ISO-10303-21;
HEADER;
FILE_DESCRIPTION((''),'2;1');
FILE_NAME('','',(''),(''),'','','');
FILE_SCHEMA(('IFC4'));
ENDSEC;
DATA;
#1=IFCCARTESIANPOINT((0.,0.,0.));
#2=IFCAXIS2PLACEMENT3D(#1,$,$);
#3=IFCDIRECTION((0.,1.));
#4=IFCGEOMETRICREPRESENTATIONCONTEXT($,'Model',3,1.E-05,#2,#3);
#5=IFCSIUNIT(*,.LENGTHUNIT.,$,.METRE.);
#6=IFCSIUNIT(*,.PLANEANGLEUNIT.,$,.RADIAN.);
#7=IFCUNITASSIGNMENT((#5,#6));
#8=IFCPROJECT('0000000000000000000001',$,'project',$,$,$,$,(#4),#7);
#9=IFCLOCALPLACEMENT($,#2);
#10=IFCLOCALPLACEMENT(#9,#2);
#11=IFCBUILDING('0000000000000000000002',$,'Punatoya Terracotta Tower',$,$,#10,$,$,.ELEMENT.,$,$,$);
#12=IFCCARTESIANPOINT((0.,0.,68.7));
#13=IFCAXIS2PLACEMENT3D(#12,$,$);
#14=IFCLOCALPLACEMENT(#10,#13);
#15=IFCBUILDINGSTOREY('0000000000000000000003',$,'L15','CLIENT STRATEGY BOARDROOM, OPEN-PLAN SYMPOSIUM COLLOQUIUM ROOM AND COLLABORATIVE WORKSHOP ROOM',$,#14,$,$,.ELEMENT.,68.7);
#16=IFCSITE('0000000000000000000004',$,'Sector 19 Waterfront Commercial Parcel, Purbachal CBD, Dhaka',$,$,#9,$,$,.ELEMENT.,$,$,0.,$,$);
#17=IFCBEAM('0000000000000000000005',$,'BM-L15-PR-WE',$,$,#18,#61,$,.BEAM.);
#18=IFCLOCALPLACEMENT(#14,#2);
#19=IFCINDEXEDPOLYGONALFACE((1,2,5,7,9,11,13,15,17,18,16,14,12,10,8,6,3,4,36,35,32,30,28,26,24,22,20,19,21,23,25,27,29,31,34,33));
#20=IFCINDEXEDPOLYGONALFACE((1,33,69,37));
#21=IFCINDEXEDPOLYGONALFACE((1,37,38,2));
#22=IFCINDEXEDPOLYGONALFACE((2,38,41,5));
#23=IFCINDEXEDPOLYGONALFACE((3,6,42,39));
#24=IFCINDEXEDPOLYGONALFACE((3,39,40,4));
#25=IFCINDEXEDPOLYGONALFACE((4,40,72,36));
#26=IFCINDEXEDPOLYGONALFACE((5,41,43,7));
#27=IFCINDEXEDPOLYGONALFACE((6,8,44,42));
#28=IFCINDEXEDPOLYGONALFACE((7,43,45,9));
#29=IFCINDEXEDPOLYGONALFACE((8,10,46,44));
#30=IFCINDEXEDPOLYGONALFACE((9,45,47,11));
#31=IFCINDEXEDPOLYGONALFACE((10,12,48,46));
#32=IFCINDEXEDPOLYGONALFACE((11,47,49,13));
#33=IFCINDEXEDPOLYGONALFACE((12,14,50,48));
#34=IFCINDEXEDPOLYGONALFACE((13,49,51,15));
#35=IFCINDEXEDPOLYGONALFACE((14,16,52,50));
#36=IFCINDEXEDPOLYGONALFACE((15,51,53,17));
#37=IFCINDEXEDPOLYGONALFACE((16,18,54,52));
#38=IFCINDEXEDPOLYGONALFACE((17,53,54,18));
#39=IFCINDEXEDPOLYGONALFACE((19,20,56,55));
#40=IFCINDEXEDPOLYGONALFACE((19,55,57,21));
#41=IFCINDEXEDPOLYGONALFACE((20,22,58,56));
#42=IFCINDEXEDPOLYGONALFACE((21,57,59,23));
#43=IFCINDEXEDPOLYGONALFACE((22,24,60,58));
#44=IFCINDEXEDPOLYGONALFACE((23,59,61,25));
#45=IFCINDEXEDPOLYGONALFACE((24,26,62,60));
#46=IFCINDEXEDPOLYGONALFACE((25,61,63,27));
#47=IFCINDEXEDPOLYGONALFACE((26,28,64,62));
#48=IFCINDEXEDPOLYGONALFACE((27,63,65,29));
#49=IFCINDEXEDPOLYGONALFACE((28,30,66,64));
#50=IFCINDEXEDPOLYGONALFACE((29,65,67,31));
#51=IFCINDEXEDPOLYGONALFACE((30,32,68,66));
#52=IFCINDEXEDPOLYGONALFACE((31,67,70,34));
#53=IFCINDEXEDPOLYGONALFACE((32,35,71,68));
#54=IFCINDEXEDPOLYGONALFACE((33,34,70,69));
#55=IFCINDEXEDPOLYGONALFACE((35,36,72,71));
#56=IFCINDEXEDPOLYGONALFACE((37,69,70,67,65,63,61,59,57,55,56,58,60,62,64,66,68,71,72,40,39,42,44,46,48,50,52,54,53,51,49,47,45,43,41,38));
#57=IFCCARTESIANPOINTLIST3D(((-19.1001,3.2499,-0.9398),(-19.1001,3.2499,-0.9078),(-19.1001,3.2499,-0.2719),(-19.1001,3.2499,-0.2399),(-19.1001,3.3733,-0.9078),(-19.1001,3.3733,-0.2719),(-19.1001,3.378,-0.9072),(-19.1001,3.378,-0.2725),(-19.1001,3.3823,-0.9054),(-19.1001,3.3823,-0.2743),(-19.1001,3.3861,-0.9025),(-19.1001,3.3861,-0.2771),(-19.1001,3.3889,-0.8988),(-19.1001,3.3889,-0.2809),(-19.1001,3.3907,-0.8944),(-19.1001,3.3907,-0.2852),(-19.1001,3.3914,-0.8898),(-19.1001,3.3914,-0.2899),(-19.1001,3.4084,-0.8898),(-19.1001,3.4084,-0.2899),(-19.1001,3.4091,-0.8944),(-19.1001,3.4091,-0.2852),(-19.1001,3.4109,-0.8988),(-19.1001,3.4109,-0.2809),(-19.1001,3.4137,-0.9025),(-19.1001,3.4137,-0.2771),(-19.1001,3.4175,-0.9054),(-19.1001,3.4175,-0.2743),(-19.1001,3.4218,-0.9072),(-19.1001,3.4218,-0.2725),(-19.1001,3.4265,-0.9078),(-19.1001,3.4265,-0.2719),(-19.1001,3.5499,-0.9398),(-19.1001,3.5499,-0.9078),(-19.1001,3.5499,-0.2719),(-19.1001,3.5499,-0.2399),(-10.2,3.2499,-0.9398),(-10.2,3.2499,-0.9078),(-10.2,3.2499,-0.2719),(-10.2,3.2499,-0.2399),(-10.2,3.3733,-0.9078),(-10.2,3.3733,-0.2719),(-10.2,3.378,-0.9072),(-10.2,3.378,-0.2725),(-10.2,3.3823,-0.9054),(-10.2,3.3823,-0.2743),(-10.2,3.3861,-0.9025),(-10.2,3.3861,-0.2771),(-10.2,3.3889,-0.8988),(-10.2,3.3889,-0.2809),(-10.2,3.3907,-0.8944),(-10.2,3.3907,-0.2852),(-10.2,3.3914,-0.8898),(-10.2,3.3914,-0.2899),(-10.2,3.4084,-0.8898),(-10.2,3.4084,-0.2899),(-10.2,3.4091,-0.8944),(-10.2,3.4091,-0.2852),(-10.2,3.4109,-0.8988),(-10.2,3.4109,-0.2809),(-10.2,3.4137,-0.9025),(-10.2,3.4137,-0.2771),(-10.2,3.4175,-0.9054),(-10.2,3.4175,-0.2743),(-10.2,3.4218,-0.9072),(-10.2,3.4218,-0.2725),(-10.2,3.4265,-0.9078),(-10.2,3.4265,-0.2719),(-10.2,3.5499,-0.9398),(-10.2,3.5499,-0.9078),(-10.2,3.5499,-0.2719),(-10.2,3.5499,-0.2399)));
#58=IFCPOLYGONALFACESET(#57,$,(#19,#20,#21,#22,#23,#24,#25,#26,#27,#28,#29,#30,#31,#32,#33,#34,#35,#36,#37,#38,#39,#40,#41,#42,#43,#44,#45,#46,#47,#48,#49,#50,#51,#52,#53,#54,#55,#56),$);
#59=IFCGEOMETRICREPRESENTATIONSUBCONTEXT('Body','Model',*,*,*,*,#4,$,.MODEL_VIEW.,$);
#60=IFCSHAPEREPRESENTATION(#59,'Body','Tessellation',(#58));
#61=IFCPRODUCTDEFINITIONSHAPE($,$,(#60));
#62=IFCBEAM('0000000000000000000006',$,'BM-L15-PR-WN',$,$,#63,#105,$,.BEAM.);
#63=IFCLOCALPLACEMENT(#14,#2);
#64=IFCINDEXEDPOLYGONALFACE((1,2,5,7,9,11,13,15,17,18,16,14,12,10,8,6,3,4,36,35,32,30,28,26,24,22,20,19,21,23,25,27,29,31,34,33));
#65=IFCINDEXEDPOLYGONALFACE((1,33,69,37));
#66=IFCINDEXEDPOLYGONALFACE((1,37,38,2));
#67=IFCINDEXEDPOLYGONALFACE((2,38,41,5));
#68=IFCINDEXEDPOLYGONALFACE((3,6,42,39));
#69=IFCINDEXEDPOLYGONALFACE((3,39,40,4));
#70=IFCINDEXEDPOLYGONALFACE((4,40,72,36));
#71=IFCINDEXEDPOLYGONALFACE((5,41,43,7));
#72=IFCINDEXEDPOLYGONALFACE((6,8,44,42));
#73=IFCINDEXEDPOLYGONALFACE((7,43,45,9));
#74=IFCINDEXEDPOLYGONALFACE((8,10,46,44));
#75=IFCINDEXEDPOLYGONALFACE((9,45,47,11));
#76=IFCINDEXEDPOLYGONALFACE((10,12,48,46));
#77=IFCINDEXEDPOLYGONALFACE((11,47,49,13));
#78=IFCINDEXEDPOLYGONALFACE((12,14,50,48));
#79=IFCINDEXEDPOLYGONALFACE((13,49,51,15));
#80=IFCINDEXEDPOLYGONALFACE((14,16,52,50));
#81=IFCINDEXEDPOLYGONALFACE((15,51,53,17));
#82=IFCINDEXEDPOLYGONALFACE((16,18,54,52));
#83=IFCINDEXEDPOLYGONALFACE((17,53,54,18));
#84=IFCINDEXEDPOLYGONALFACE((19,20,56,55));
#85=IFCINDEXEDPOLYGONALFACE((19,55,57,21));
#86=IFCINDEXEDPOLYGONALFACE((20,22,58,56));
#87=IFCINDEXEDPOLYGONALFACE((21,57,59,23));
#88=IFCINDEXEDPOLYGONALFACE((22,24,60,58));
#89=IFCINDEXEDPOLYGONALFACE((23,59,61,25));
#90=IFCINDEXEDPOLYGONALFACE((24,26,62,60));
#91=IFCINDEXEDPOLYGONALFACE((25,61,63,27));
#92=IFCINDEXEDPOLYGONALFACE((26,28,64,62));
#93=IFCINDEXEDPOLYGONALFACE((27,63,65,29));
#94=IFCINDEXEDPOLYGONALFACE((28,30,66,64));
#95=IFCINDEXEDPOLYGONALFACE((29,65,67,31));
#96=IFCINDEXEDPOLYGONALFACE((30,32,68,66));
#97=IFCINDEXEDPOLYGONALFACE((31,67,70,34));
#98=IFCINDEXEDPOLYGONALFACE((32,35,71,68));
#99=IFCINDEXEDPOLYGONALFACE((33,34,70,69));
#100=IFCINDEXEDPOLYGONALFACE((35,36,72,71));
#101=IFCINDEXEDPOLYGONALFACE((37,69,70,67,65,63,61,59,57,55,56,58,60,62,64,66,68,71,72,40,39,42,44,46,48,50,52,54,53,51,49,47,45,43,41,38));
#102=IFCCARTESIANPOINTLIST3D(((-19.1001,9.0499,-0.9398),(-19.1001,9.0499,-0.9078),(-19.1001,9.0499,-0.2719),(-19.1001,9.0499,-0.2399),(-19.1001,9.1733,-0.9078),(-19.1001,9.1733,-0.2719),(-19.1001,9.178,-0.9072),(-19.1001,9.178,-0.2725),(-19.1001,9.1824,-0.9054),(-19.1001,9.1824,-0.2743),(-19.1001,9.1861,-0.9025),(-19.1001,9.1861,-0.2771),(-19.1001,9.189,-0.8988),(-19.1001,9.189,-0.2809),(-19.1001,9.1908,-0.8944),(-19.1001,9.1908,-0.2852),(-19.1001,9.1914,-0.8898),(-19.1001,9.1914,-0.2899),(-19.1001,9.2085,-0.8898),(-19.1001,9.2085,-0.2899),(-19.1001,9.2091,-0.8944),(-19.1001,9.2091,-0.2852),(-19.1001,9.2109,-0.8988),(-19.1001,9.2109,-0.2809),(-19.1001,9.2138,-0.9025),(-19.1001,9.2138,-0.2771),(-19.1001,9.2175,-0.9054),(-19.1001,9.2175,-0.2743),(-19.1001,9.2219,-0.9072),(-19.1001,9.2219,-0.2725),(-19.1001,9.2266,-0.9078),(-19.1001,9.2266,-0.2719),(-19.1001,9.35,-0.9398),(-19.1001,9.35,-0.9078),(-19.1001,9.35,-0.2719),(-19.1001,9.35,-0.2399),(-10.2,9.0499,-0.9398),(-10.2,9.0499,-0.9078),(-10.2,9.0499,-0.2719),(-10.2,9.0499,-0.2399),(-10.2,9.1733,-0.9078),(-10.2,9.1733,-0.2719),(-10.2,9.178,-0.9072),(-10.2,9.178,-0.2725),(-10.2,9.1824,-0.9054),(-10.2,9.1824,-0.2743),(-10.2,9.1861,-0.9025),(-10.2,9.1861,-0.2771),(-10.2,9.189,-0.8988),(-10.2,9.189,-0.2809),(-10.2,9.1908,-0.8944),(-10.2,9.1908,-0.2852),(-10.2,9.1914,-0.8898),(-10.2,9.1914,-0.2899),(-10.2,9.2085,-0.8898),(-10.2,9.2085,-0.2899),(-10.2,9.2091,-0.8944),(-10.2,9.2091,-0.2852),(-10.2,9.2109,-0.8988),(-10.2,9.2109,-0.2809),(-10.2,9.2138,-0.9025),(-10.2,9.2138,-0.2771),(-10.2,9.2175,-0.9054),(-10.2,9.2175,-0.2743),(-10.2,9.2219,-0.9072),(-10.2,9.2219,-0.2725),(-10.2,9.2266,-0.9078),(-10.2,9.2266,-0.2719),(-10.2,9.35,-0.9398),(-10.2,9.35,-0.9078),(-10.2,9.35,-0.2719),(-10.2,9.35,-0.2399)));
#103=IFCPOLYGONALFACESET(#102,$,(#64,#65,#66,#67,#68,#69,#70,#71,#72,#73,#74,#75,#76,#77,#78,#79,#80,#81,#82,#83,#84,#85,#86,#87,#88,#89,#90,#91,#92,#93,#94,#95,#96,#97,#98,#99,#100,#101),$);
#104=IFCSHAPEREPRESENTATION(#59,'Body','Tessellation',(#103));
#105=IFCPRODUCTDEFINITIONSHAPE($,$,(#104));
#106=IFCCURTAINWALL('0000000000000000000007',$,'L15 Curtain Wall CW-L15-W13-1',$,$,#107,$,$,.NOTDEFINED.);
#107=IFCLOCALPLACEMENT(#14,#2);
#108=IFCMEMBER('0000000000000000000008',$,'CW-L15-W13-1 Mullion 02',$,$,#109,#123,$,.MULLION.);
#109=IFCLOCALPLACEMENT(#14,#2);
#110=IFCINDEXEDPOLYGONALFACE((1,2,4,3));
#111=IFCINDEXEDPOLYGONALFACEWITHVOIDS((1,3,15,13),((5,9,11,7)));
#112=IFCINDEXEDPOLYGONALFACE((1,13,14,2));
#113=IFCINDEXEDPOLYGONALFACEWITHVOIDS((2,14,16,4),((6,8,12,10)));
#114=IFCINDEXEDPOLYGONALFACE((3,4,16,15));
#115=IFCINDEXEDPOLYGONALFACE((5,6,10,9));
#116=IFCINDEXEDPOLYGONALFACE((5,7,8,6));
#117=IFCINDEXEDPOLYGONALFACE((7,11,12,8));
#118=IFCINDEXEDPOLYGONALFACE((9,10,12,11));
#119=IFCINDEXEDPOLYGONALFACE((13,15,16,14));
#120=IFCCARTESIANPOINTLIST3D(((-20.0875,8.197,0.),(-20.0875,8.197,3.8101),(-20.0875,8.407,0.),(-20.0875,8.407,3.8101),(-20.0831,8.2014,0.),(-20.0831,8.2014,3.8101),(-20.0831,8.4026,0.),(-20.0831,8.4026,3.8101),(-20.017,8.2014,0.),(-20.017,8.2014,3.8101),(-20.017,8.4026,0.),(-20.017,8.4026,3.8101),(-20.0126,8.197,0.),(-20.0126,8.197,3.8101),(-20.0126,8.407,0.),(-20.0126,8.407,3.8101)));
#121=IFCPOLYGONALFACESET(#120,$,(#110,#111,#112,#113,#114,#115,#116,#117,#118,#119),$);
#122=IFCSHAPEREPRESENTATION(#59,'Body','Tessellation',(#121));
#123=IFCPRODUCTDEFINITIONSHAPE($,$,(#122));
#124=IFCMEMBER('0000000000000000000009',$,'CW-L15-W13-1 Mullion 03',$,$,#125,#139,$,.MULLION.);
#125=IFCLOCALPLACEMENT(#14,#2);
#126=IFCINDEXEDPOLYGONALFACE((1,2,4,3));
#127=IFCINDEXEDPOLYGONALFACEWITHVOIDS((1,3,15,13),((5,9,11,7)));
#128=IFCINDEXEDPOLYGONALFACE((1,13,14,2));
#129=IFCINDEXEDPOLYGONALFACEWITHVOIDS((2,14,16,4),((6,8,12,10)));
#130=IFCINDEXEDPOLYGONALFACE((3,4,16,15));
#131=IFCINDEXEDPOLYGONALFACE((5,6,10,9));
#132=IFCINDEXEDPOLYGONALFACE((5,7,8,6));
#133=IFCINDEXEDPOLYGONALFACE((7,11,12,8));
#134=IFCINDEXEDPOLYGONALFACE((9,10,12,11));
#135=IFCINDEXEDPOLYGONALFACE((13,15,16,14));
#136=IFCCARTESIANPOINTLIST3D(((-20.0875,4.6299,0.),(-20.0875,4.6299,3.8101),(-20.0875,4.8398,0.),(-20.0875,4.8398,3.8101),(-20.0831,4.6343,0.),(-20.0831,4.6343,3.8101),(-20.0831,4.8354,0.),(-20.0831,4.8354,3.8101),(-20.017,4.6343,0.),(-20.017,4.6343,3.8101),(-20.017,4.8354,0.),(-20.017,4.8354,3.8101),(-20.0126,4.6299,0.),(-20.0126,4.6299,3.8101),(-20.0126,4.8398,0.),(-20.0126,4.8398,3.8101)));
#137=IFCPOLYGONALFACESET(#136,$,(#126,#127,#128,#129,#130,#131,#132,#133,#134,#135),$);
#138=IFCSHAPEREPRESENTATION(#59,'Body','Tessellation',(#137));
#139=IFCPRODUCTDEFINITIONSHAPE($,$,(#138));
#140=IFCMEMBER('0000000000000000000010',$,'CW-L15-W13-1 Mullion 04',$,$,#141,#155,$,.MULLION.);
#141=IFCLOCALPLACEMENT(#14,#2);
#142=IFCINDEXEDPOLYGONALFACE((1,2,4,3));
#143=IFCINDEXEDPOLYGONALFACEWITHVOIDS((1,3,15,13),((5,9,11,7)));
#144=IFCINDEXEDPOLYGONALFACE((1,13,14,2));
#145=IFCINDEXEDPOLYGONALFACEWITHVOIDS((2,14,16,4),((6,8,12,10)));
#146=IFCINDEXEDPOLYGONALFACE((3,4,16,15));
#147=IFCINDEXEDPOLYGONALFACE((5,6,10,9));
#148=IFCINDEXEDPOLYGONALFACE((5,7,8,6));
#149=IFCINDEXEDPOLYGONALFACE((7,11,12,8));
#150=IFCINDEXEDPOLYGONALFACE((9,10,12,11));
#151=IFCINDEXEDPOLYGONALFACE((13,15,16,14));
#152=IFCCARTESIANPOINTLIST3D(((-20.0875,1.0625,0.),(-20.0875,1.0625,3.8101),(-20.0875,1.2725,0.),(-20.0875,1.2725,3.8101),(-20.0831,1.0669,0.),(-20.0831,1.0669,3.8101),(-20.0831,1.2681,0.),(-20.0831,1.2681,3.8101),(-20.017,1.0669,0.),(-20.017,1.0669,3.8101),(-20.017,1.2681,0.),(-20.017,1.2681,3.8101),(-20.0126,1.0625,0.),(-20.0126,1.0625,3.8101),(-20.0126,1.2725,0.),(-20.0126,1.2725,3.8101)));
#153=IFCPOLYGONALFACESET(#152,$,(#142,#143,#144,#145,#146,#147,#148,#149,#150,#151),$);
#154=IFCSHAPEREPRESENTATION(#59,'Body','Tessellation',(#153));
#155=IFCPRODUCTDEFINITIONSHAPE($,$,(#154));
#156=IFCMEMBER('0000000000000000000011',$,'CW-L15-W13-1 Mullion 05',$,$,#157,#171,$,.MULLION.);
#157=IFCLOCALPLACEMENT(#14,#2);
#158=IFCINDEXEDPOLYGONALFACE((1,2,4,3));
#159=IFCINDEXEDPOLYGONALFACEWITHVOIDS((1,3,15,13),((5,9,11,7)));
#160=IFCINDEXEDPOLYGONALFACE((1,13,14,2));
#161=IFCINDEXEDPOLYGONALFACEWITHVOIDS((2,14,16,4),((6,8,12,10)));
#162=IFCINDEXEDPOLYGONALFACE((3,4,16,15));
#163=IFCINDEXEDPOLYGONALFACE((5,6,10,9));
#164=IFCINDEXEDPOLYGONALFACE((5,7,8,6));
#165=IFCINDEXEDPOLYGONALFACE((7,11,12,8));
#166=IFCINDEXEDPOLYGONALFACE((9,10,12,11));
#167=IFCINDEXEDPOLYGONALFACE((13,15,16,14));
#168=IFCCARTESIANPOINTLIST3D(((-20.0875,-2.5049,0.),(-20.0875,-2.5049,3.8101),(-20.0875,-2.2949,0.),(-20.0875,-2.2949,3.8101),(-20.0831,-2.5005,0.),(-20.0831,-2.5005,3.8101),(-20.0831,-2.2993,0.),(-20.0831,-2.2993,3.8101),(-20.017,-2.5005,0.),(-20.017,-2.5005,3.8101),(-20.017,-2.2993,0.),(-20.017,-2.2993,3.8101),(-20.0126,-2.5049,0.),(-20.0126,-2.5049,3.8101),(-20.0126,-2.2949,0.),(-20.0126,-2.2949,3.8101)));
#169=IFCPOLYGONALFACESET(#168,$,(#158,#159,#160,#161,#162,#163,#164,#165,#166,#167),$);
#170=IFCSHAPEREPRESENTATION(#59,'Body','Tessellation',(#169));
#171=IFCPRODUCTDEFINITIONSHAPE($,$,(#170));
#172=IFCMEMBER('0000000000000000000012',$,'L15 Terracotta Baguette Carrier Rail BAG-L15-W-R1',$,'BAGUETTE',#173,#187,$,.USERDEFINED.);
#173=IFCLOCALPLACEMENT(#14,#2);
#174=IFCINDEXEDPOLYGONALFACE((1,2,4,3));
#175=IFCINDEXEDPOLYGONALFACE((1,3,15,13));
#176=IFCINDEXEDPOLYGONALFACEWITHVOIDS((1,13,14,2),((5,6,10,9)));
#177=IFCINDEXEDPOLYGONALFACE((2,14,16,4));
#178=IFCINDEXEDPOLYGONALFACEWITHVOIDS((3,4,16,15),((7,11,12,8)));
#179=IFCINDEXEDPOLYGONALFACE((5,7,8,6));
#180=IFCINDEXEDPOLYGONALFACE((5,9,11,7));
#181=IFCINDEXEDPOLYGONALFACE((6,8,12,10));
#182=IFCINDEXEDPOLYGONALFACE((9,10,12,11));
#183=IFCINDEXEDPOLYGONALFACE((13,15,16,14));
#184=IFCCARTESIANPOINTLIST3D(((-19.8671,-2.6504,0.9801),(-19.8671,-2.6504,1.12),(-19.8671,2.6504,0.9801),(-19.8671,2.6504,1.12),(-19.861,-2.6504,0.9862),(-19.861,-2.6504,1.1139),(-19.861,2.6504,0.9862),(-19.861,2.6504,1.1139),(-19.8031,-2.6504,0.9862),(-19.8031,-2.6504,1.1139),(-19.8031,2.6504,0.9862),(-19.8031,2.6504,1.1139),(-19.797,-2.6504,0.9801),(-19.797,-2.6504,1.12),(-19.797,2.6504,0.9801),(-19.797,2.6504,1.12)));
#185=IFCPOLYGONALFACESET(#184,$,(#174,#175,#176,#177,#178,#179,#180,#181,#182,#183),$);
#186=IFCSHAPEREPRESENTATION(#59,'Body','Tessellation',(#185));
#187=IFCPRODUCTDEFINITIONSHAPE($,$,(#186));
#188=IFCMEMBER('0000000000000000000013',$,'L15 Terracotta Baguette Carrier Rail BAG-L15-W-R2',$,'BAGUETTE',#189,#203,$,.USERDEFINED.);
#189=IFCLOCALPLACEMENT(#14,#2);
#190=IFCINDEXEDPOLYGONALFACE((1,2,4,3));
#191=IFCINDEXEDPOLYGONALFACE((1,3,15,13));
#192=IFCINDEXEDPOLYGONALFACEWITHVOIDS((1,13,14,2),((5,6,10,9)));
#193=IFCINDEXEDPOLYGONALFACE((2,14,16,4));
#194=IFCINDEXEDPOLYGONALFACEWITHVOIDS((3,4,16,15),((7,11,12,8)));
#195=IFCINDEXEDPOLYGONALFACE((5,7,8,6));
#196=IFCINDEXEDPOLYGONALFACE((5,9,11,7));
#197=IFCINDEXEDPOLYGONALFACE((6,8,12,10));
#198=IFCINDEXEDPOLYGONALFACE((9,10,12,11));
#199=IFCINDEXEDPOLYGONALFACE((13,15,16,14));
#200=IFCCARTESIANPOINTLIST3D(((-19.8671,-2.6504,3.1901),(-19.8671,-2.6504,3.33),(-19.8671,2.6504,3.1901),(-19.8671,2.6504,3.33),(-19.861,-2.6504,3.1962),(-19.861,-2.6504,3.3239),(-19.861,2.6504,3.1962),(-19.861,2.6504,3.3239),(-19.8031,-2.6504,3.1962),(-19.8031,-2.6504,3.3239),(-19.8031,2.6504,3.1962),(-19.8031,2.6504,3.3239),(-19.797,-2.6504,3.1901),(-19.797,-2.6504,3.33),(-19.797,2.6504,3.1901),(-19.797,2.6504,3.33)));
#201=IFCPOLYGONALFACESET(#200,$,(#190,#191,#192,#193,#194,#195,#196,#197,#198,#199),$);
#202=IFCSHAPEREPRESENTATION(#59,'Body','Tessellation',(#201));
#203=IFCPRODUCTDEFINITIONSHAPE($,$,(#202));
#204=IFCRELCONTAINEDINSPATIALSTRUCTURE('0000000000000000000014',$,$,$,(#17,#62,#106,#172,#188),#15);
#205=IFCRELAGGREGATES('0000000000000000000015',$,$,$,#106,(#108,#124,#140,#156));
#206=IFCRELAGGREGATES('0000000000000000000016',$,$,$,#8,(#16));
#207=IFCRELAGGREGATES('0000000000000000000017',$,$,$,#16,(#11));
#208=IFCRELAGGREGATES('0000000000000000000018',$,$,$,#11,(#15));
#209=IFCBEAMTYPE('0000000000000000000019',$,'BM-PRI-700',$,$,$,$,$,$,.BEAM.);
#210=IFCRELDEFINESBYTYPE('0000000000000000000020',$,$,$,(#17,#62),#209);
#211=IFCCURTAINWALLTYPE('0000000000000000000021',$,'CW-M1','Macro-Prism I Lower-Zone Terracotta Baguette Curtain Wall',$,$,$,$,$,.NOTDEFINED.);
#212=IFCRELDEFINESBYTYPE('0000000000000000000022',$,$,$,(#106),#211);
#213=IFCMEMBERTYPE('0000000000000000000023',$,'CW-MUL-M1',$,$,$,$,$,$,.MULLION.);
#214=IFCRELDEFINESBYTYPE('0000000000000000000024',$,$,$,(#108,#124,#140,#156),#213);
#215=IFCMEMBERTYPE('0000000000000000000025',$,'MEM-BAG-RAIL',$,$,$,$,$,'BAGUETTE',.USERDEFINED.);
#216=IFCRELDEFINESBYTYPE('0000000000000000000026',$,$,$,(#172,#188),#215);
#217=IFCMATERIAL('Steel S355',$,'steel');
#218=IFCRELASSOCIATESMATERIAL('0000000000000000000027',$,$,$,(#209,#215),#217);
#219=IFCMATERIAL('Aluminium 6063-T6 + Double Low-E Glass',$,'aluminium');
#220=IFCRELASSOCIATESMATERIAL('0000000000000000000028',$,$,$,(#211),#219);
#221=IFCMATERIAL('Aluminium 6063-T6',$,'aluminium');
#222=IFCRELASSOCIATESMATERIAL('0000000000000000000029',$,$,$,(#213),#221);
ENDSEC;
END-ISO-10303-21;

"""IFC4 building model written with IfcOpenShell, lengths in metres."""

from ifc_helpers import new_model, si_unit, direction, frame, origin, origin_2d, place, context, subcontext, project, spatial, hollow_rectangle, i_section, extrude, material, material_profile, profile_set, type_object, element, aggregate, save


model = new_model("IFC4")

# Units and contexts
model_context = context("Model", 3, precision=1e-05, world=origin(), true_north=direction((0.0, 1.0)))
body_context = subcontext(model_context, "Body", "Model", "MODEL_VIEW")
ifc_project = project(units=[si_unit("LENGTHUNIT", "METRE"), si_unit("PLANEANGLEUNIT", "RADIAN")], contexts=[model_context])

# Site, building, storey
site_placement = place(None, origin())
site = spatial("IfcSite", under=ifc_project, at=site_placement, Name="Sector 19 Waterfront Commercial Parcel, Purbachal CBD, Dhaka", CompositionType="ELEMENT", RefElevation=0.0)
building_placement = place(site_placement, origin())
building = spatial("IfcBuilding", under=site, at=building_placement, Name="Punatoya Terracotta Tower", CompositionType="ELEMENT")
storey_placement = place(building_placement, frame((0.0, 0.0, 68.7)))
storey = spatial("IfcBuildingStorey", under=building, at=storey_placement, Name="L15", Description="CLIENT STRATEGY BOARDROOM, OPEN-PLAN SYMPOSIUM COLLOQUIUM ROOM AND COLLABORATIVE WORKSHOP ROOM", CompositionType="ELEMENT", Elevation=68.7)

# Beams
ifc_material_1 = material(Name="Steel S355", Category="steel")
ifc_material_profile_1 = material_profile(ifc_material_1, i_section(OverallWidth=0.3, OverallDepth=0.7, WebThickness=0.0171, FlangeThickness=0.032, FilletRadius=0.0181, at=origin_2d()))
ifc_profile_set_1 = profile_set([ifc_material_profile_1], Name="Steel S355")
beam_type = type_object("IfcBeamType", Name="BM-PRI-700", PredefinedType="BEAM", material=ifc_profile_set_1)
for number, where, z_axis, x_axis, name in (
    (1, (-19.1001, 3.3999, -0.5898), (1.0, 0.0, 0.0), (0.0, 1.0, 0.0), "BM-L15-PR-WE"),
    (2, (-19.1001, 9.2, -0.5898), (1.0, 0.0, 0.0), (0.0, 1.0, 0.0), "BM-L15-PR-WN"),
):
    element("IfcBeam", number, at=place(storey_placement, frame(where, z_axis=z_axis, x_axis=x_axis)), inside=storey, type_object=beam_type, Name=name, PredefinedType="BEAM", context=body_context, shape_type="SweptSolid", body=[
        extrude(i_section(OverallWidth=0.3, OverallDepth=0.7, WebThickness=0.0171, FlangeThickness=0.032, FilletRadius=0.0181, at=origin_2d()), origin(), (0.0, 0.0, 1.0), 8.9001),
    ])

# Curtain wall, members
ifc_material_2 = material(Name="Aluminium 6063-T6 + Double Low-E Glass", Category="aluminium")
curtain_wall_type = type_object("IfcCurtainWallType", Name="CW-M1", Description="Macro-Prism I Lower-Zone Terracotta Baguette Curtain Wall", PredefinedType="NOTDEFINED", material=ifc_material_2)
curtain_wall_placement = place(storey_placement, origin())
curtain_wall = element("IfcCurtainWall", 3, at=curtain_wall_placement, inside=storey, type_object=curtain_wall_type, Name="L15 Curtain Wall CW-L15-W13-1", PredefinedType="NOTDEFINED")
ifc_material_3 = material(Name="Aluminium 6063-T6", Category="aluminium")
ifc_material_profile_2 = material_profile(ifc_material_3, hollow_rectangle(XDim=0.075, YDim=0.21, WallThickness=0.0044, at=origin_2d()))
ifc_profile_set_2 = profile_set([ifc_material_profile_2], Name="Aluminium 6063-T6")
member_type_1 = type_object("IfcMemberType", Name="CW-MUL-M1", PredefinedType="MULLION", material=ifc_profile_set_2)
member_1_placement = place(storey_placement, frame((-20.05, 8.302, 0.0), z_axis=(0.0, 0.0, 1.0), x_axis=(1.0, 0.0, 0.0)))
member_1 = element("IfcMember", 4, at=member_1_placement, type_object=member_type_1, Name="CW-L15-W13-1 Mullion 02", PredefinedType="MULLION", context=body_context, shape_type="SweptSolid", body=[
    extrude(hollow_rectangle(XDim=0.075, YDim=0.21, WallThickness=0.0044, at=origin_2d()), origin(), (0.0, 0.0, 1.0), 3.8101),
])
member_2_placement = place(storey_placement, frame((-20.05, 4.7349, 0.0), z_axis=(0.0, 0.0, 1.0), x_axis=(1.0, 0.0, 0.0)))
member_2 = element("IfcMember", 5, at=member_2_placement, type_object=member_type_1, Name="CW-L15-W13-1 Mullion 03", PredefinedType="MULLION", context=body_context, shape_type="SweptSolid", body=[
    extrude(hollow_rectangle(XDim=0.075, YDim=0.21, WallThickness=0.0044, at=origin_2d()), origin(), (0.0, 0.0, 1.0), 3.8101),
])
member_3_placement = place(storey_placement, frame((-20.05, 1.1675, 0.0), z_axis=(0.0, 0.0, 1.0), x_axis=(1.0, 0.0, 0.0)))
member_3 = element("IfcMember", 6, at=member_3_placement, type_object=member_type_1, Name="CW-L15-W13-1 Mullion 04", PredefinedType="MULLION", context=body_context, shape_type="SweptSolid", body=[
    extrude(hollow_rectangle(XDim=0.075, YDim=0.21, WallThickness=0.0044, at=origin_2d()), origin(), (0.0, 0.0, 1.0), 3.8101),
])
member_4_placement = place(storey_placement, frame((-20.05, -2.3999, 0.0), z_axis=(0.0, 0.0, 1.0), x_axis=(1.0, 0.0, 0.0)))
member_4 = element("IfcMember", 7, at=member_4_placement, type_object=member_type_1, Name="CW-L15-W13-1 Mullion 05", PredefinedType="MULLION", context=body_context, shape_type="SweptSolid", body=[
    extrude(hollow_rectangle(XDim=0.075, YDim=0.21, WallThickness=0.0044, at=origin_2d()), origin(), (0.0, 0.0, 1.0), 3.8101),
])

# Members
ifc_material_profile_3 = material_profile(ifc_material_1, hollow_rectangle(XDim=0.0701, YDim=0.1399, WallThickness=0.0061, at=origin_2d()))
ifc_profile_set_3 = profile_set([ifc_material_profile_3], Name="Steel S355")
member_type_2 = type_object("IfcMemberType", Name="MEM-BAG-RAIL", ElementType="BAGUETTE", PredefinedType="USERDEFINED", material=ifc_profile_set_3)
for number, where, z_axis, x_axis, name in (
    (8, (-19.832, -2.6504, 1.05), (0.0, 1.0, 0.0), (-1.0, 0.0, 0.0), "L15 Terracotta Baguette Carrier Rail BAG-L15-W-R1"),
    (9, (-19.832, -2.6504, 3.26), (0.0, 1.0, 0.0), (-1.0, 0.0, 0.0), "L15 Terracotta Baguette Carrier Rail BAG-L15-W-R2"),
):
    element("IfcMember", number, at=place(storey_placement, frame(where, z_axis=z_axis, x_axis=x_axis)), inside=storey, type_object=member_type_2, Name=name, ObjectType="BAGUETTE", PredefinedType="USERDEFINED", context=body_context, shape_type="SweptSolid", body=[
        extrude(hollow_rectangle(XDim=0.0701, YDim=0.1399, WallThickness=0.0061, at=origin_2d()), origin(), (0.0, 0.0, 1.0), 5.3008),
    ])

aggregate(curtain_wall, [member_1, member_2, member_3, member_4])

save(model, "model.ifc")
